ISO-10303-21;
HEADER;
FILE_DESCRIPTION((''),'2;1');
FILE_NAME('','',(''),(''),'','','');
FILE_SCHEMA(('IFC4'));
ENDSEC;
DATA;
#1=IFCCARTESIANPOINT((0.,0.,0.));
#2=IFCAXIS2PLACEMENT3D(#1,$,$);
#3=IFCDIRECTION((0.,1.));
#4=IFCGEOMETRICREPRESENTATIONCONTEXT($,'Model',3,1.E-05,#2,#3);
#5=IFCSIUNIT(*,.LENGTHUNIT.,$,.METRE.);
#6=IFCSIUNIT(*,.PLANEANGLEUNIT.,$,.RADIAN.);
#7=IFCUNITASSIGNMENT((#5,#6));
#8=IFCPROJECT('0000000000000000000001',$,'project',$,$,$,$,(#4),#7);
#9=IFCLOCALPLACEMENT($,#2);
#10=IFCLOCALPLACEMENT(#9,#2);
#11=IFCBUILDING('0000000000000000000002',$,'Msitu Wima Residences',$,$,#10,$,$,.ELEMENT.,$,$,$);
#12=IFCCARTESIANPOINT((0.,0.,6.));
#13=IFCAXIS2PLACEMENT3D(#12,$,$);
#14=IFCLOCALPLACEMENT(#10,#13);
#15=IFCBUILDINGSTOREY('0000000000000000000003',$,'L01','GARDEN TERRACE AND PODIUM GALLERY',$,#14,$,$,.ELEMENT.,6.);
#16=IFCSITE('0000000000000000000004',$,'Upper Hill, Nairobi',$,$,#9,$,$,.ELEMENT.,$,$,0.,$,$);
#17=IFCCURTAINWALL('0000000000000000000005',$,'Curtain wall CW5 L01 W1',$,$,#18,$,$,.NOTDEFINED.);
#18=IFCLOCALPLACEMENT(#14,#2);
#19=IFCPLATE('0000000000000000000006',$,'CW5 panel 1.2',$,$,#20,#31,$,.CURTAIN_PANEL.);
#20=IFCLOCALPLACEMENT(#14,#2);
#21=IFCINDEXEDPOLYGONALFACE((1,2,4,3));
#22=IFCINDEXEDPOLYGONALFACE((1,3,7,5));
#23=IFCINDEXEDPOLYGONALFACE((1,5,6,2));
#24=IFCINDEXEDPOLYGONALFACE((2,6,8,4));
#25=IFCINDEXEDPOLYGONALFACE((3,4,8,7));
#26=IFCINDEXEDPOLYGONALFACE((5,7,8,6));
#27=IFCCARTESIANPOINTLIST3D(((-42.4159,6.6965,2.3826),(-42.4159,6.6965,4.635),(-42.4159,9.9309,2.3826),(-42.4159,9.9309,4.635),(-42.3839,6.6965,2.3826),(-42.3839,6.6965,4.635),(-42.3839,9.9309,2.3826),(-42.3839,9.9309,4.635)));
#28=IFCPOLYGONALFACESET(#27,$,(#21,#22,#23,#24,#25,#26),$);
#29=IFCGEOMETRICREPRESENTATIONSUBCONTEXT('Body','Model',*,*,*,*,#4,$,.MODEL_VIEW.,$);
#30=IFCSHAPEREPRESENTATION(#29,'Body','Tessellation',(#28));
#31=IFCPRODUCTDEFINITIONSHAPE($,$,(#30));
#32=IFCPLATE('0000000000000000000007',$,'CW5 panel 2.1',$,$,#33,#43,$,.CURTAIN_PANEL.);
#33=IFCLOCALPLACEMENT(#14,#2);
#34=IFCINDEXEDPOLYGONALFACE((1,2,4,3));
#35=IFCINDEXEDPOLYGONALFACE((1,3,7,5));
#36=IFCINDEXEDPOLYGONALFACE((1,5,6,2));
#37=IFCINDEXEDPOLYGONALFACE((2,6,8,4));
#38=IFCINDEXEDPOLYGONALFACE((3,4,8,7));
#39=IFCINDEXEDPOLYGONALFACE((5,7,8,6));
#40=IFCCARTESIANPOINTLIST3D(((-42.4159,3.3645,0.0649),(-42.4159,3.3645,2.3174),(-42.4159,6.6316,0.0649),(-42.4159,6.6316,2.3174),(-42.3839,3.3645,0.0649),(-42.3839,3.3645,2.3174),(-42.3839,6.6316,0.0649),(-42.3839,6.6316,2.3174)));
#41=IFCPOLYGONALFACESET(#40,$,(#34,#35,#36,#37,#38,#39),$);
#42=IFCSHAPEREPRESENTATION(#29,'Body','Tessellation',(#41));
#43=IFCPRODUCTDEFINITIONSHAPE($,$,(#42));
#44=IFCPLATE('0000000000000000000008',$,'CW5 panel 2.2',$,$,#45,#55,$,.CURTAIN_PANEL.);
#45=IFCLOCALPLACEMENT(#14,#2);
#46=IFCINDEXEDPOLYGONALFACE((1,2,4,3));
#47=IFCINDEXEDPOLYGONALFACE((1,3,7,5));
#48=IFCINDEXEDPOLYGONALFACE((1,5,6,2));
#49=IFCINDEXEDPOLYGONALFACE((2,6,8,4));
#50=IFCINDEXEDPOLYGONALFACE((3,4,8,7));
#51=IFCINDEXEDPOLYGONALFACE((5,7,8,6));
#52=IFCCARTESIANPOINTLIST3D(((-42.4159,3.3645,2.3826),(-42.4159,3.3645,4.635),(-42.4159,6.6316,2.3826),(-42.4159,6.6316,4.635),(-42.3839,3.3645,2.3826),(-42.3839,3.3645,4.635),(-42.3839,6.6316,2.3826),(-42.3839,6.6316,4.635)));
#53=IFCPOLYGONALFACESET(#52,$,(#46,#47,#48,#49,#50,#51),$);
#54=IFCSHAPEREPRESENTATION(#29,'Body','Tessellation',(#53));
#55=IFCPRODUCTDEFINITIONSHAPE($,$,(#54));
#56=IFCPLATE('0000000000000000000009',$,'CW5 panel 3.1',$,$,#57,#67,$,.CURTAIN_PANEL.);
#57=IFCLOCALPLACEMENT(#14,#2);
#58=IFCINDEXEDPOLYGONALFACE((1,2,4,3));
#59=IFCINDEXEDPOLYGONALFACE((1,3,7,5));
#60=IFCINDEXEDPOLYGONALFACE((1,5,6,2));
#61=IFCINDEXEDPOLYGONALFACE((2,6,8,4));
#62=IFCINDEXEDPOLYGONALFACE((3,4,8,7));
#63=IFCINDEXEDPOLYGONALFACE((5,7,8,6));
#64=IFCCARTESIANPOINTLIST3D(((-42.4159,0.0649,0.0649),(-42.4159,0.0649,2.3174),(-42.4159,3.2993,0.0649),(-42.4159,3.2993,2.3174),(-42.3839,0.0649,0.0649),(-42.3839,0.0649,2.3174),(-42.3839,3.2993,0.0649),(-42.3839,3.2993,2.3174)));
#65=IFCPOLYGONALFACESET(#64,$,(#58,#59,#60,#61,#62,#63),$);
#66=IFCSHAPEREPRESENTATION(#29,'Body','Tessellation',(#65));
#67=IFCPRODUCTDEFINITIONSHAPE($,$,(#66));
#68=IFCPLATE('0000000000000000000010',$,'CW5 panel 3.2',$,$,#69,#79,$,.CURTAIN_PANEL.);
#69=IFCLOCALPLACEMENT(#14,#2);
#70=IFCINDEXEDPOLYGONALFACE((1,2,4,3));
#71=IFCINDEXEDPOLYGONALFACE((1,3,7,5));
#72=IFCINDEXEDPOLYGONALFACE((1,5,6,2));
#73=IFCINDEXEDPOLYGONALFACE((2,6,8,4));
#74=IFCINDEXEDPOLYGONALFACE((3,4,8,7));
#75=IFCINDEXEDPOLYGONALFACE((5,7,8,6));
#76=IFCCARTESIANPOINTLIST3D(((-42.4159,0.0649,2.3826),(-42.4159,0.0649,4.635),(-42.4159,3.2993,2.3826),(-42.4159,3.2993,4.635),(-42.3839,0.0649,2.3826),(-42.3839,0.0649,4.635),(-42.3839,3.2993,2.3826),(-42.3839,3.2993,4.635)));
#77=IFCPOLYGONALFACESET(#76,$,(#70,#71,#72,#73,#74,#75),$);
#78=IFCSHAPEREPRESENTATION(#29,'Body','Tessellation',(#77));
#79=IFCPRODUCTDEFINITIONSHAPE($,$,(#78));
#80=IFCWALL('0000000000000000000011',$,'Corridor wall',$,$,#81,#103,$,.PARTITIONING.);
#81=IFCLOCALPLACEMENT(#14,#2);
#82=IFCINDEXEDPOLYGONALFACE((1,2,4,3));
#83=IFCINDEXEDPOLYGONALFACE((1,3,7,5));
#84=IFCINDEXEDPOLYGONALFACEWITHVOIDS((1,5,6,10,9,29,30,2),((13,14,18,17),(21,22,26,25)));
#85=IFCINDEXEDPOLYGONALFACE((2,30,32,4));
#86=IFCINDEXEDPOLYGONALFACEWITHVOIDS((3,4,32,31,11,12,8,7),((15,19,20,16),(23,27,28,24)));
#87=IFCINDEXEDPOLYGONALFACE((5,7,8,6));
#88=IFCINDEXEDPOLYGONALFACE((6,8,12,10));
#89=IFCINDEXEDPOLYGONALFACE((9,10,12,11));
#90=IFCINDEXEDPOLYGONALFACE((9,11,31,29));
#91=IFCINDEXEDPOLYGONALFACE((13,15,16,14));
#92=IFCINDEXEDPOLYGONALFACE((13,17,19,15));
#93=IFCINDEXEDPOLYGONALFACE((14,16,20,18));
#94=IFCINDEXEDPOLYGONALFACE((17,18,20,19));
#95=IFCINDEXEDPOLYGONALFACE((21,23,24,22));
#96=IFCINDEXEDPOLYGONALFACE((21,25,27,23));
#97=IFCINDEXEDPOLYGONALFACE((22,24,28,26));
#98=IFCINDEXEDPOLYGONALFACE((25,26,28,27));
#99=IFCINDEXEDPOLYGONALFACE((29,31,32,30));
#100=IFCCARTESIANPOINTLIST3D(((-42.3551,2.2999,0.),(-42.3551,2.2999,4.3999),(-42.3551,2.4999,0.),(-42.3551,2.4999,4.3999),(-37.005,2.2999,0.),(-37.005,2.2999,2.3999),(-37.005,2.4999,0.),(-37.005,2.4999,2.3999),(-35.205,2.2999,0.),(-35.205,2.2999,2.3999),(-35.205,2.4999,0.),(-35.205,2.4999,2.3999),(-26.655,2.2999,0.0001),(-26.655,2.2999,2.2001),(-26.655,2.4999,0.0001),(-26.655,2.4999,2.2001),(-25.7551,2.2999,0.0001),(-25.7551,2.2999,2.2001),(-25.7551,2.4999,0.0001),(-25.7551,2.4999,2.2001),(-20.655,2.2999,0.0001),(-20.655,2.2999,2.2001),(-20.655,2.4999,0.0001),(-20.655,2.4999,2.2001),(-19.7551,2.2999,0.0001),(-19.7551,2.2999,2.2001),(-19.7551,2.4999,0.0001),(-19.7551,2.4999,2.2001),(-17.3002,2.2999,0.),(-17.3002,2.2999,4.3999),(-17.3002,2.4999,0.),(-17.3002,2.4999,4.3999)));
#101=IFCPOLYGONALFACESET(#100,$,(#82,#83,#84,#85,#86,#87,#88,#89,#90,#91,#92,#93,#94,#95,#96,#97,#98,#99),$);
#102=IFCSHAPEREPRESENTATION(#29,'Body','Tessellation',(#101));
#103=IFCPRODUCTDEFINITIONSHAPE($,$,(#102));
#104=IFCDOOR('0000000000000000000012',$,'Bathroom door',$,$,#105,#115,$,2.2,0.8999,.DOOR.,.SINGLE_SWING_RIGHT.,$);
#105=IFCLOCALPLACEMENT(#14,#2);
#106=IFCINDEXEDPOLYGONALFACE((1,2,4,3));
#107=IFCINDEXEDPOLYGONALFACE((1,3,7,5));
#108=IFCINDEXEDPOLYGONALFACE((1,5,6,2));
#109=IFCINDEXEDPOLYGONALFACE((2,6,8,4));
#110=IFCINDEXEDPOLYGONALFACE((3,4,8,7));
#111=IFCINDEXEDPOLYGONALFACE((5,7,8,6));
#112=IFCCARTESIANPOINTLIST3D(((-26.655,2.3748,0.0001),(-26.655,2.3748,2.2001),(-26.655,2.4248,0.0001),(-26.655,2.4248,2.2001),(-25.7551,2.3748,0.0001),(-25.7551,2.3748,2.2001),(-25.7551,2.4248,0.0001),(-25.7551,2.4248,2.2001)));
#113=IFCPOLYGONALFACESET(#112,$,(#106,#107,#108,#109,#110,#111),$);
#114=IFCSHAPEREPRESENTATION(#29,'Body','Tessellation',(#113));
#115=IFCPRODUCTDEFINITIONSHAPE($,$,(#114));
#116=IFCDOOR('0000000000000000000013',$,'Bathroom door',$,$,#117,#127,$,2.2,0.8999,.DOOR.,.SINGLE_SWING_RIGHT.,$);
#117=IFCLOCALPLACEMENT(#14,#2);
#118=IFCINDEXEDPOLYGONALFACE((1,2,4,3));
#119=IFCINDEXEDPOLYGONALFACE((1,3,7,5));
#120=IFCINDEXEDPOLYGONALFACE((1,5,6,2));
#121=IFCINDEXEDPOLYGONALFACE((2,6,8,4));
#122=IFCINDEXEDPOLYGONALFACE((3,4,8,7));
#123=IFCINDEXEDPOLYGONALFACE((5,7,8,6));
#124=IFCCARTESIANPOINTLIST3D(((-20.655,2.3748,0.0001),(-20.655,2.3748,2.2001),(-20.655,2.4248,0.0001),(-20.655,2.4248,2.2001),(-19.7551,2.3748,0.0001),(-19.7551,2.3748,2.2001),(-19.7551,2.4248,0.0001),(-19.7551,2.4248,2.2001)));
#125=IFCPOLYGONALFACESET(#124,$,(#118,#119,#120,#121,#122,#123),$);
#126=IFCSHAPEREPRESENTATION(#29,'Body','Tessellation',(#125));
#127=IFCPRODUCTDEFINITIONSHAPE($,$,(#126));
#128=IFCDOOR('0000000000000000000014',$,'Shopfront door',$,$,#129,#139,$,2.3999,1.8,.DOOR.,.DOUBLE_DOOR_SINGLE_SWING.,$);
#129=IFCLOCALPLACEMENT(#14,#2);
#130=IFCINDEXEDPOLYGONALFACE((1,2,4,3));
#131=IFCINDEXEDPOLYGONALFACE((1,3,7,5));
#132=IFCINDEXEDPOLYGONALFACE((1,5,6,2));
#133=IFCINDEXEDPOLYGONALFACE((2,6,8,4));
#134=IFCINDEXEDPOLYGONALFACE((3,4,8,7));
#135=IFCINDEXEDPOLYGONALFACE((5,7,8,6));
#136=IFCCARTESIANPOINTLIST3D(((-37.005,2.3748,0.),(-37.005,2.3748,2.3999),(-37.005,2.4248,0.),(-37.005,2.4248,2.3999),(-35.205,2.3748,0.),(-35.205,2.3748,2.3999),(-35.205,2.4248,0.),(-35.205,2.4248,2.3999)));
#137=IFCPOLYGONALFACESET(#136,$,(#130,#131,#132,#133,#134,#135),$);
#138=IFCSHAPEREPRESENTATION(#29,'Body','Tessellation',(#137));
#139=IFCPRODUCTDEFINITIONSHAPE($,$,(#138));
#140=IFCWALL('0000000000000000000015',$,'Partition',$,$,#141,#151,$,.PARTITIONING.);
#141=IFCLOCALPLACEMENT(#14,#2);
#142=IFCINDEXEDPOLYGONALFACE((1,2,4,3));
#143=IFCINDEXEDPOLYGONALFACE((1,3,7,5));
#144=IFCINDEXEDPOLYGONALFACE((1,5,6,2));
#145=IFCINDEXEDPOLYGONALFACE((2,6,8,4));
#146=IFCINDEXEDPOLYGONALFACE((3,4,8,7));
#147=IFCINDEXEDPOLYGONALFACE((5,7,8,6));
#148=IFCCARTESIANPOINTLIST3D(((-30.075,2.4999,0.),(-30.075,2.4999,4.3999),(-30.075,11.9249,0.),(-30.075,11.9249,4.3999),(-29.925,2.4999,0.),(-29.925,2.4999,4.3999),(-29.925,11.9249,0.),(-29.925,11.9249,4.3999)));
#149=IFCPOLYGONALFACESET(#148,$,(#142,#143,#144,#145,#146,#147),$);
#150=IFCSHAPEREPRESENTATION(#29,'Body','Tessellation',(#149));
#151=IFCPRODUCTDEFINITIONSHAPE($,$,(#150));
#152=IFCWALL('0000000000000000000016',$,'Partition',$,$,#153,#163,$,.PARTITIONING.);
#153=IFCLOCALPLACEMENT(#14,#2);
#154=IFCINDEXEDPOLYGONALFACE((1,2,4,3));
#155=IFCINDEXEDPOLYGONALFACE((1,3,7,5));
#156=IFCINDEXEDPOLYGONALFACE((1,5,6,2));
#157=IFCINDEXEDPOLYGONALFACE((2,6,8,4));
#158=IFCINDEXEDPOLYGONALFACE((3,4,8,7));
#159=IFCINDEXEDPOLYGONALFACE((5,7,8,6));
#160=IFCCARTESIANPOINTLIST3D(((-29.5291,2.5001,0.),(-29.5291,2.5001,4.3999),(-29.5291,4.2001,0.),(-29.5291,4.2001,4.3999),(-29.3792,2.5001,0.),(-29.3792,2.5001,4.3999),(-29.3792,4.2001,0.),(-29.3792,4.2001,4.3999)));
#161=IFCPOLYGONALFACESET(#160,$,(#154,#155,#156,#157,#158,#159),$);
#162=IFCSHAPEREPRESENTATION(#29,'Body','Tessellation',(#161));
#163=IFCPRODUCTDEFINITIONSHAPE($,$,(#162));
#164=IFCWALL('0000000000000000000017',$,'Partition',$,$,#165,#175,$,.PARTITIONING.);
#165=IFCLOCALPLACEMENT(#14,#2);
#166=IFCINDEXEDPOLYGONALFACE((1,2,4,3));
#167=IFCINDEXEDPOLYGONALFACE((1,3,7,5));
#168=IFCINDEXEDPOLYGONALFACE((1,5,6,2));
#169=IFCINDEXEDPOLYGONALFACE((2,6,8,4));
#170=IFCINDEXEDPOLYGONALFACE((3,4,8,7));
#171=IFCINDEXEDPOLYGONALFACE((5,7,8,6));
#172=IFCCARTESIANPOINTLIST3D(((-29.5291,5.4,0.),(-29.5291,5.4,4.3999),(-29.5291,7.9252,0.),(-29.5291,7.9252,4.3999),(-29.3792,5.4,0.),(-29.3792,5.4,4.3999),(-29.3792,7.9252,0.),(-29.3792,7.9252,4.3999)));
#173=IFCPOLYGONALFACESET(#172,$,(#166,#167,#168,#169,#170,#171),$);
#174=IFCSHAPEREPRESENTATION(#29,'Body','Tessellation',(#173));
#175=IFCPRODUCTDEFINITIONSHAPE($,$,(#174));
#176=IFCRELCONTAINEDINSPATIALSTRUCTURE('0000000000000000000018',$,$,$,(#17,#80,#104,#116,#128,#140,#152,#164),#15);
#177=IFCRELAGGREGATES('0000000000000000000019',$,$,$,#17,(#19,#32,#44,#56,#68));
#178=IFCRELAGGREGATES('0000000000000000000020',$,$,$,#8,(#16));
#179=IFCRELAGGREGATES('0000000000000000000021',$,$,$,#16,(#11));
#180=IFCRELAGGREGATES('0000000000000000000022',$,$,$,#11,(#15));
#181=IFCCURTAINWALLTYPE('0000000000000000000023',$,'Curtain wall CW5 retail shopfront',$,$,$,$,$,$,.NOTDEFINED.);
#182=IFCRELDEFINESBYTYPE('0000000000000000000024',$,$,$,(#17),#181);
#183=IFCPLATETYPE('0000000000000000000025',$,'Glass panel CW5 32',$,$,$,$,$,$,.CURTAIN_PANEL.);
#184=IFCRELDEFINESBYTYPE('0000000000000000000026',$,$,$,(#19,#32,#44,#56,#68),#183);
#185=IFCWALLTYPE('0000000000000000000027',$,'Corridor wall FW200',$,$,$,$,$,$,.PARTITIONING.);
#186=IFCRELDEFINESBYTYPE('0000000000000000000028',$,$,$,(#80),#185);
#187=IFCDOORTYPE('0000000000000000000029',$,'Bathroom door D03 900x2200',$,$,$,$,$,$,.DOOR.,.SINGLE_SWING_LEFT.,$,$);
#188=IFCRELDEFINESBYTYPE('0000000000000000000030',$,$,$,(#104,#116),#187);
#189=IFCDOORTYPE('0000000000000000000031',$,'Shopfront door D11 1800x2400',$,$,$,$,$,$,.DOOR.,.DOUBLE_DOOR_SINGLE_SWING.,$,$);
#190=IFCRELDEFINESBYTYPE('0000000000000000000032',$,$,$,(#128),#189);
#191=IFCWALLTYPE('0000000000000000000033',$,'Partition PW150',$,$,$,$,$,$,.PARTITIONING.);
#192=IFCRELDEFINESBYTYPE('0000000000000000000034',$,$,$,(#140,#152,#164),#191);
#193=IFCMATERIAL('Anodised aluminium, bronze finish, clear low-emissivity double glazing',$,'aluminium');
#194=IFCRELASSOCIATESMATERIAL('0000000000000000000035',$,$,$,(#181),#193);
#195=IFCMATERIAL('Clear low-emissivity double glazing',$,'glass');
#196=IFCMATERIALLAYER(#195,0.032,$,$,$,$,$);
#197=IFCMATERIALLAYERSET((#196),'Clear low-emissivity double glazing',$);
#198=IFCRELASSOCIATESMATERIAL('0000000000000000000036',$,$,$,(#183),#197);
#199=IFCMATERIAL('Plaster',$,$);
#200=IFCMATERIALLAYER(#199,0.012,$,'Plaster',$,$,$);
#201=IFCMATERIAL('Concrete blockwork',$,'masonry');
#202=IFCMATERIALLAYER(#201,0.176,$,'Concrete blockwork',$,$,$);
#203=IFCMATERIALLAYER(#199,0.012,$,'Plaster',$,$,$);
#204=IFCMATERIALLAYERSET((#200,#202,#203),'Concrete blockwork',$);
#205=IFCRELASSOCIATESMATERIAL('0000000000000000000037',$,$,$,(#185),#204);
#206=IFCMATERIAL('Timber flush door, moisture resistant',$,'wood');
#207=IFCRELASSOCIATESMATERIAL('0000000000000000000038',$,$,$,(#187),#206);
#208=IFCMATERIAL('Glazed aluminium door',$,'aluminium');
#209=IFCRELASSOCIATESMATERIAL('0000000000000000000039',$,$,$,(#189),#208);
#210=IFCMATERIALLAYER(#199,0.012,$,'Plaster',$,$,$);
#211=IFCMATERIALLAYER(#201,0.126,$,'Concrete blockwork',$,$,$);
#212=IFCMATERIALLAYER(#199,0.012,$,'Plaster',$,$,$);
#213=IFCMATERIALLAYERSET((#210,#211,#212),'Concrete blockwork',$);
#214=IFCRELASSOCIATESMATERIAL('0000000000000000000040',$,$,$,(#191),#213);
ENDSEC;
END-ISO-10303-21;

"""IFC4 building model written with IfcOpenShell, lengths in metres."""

from ifc_helpers import new_model, si_unit, direction, frame, frame_2d, origin, origin_2d, place, context, subcontext, project, spatial, rectangle, extrude, material, layer, layer_set, type_object, element, fill, aggregate, save


model = new_model("IFC4")

# Units and contexts
model_context = context("Model", 3, precision=1e-05, world=origin(), true_north=direction((0.0, 1.0)))
body_context = subcontext(model_context, "Body", "Model", "MODEL_VIEW")
ifc_project = project(units=[si_unit("LENGTHUNIT", "METRE"), si_unit("PLANEANGLEUNIT", "RADIAN")], contexts=[model_context])

# Site, building, storey
site_placement = place(None, origin())
site = spatial("IfcSite", under=ifc_project, at=site_placement, Name="Upper Hill, Nairobi", CompositionType="ELEMENT", RefElevation=0.0)
building_placement = place(site_placement, origin())
building = spatial("IfcBuilding", under=site, at=building_placement, Name="Msitu Wima Residences", CompositionType="ELEMENT")
storey_placement = place(building_placement, frame((0.0, 0.0, 6.0)))
storey = spatial("IfcBuildingStorey", under=building, at=storey_placement, Name="L01", Description="GARDEN TERRACE AND PODIUM GALLERY", CompositionType="ELEMENT", Elevation=6.0)

# Curtain wall
ifc_material_1 = material(Name="Anodised aluminium, bronze finish, clear low-emissivity double glazing", Category="aluminium")
curtain_wall_type = type_object("IfcCurtainWallType", Name="Curtain wall CW5 retail shopfront", PredefinedType="NOTDEFINED", material=ifc_material_1)
curtain_wall_placement = place(storey_placement, origin())
curtain_wall = element("IfcCurtainWall", 1, at=curtain_wall_placement, inside=storey, type_object=curtain_wall_type, Name="Curtain wall CW5 L01 W1", PredefinedType="NOTDEFINED")

# Plates
ifc_material_2 = material(Name="Clear low-emissivity double glazing", Category="glass")
ifc_layer_1 = layer(ifc_material_2, 0.032)
ifc_layer_set_1 = layer_set([ifc_layer_1], Name="Clear low-emissivity double glazing")
plate_type = type_object("IfcPlateType", Name="Glass panel CW5 32", PredefinedType="CURTAIN_PANEL", material=ifc_layer_set_1)
plate_1_placement = place(storey_placement, frame((-42.3999, 8.3137, 2.3826), z_axis=(0.0, 0.0, 1.0), x_axis=(0.0, -1.0, 0.0)))
plate_1 = element("IfcPlate", 2, at=plate_1_placement, type_object=plate_type, Name="CW5 panel 1.2", PredefinedType="CURTAIN_PANEL", context=body_context, shape_type="SweptSolid", body=[
    extrude(rectangle(XDim=3.2344, YDim=0.032, at=origin_2d()), origin(), (0.0, 0.0, 1.0), 2.2524),
])
plate_2_placement = place(storey_placement, frame((-42.3999, 4.998, 0.0649), z_axis=(0.0, 0.0, 1.0), x_axis=(0.0, -1.0, 0.0)))
plate_2 = element("IfcPlate", 3, at=plate_2_placement, type_object=plate_type, Name="CW5 panel 2.1", PredefinedType="CURTAIN_PANEL", context=body_context, shape_type="SweptSolid", body=[
    extrude(rectangle(XDim=3.2671, YDim=0.032, at=origin_2d()), origin(), (0.0, 0.0, 1.0), 2.2524),
])
plate_3_placement = place(storey_placement, frame((-42.3999, 4.998, 2.3826), z_axis=(0.0, 0.0, 1.0), x_axis=(0.0, -1.0, 0.0)))
plate_3 = element("IfcPlate", 4, at=plate_3_placement, type_object=plate_type, Name="CW5 panel 2.2", PredefinedType="CURTAIN_PANEL", context=body_context, shape_type="SweptSolid", body=[
    extrude(rectangle(XDim=3.2671, YDim=0.032, at=origin_2d()), origin(), (0.0, 0.0, 1.0), 2.2524),
])
plate_4_placement = place(storey_placement, frame((-42.3999, 1.6821, 0.0649), z_axis=(0.0, 0.0, 1.0), x_axis=(0.0, -1.0, 0.0)))
plate_4 = element("IfcPlate", 5, at=plate_4_placement, type_object=plate_type, Name="CW5 panel 3.1", PredefinedType="CURTAIN_PANEL", context=body_context, shape_type="SweptSolid", body=[
    extrude(rectangle(XDim=3.2344, YDim=0.032, at=origin_2d()), origin(), (0.0, 0.0, 1.0), 2.2524),
])
plate_5_placement = place(storey_placement, frame((-42.3999, 1.6821, 2.3826), z_axis=(0.0, 0.0, 1.0), x_axis=(0.0, -1.0, 0.0)))
plate_5 = element("IfcPlate", 6, at=plate_5_placement, type_object=plate_type, Name="CW5 panel 3.2", PredefinedType="CURTAIN_PANEL", context=body_context, shape_type="SweptSolid", body=[
    extrude(rectangle(XDim=3.2344, YDim=0.032, at=origin_2d()), origin(), (0.0, 0.0, 1.0), 2.2524),
])
aggregate(curtain_wall, [plate_1, plate_2, plate_3, plate_4, plate_5])

# Wall, openings, doors
ifc_material_3 = material(Name="Plaster")
ifc_layer_2 = layer(ifc_material_3, 0.012, Name="Plaster")
ifc_material_4 = material(Name="Concrete blockwork", Category="masonry")
ifc_layer_3 = layer(ifc_material_4, 0.176, Name="Concrete blockwork")
ifc_layer_4 = layer(ifc_material_3, 0.012, Name="Plaster")
ifc_layer_set_2 = layer_set([ifc_layer_2, ifc_layer_3, ifc_layer_4], Name="Concrete blockwork")
wall_type_1 = type_object("IfcWallType", Name="Corridor wall FW200", PredefinedType="PARTITIONING", material=ifc_layer_set_2)
wall_1_placement = place(storey_placement, frame((-42.355, 2.3999, 0.0), z_axis=(0.0, 0.0, 1.0), x_axis=(1.0, 0.0, 0.0)))
wall_1 = element("IfcWall", 7, at=wall_1_placement, inside=storey, type_object=wall_type_1, Name="Corridor wall", PredefinedType="PARTITIONING", context=body_context, shape_type="SweptSolid", body=[
    extrude(rectangle(XDim=25.0549, YDim=0.2, at=frame_2d((12.5273, 0.0))), origin(), (0.0, 0.0, 1.0), 4.3999),
])
opening_1_placement = place(wall_1_placement, frame((15.7, 0.0, 0.0)))
opening_1 = element("IfcOpeningElement", 8, at=opening_1_placement, cuts=wall_1, PredefinedType="OPENING", context=body_context, shape_type="SweptSolid", body=[
    extrude(rectangle(XDim=0.8999, YDim=2.2, at=frame_2d((0.45, 1.1001))), frame((0.0, 0.1099, 0.0), z_axis=(0.0, -1.0, 0.0), x_axis=(1.0, 0.0, 0.0)), (0.0, 0.0, 1.0), 0.22),
])
opening_2_placement = place(wall_1_placement, frame((21.7, 0.0, 0.0)))
opening_2 = element("IfcOpeningElement", 9, at=opening_2_placement, cuts=wall_1, PredefinedType="OPENING", context=body_context, shape_type="SweptSolid", body=[
    extrude(rectangle(XDim=0.8999, YDim=2.2, at=frame_2d((0.45, 1.1001))), frame((0.0, 0.1099, 0.0), z_axis=(0.0, -1.0, 0.0), x_axis=(1.0, 0.0, 0.0)), (0.0, 0.0, 1.0), 0.22),
])
opening_3_placement = place(wall_1_placement, frame((5.3501, 0.0, 0.0)))
opening_3 = element("IfcOpeningElement", 10, at=opening_3_placement, cuts=wall_1, PredefinedType="OPENING", context=body_context, shape_type="SweptSolid", body=[
    extrude(rectangle(XDim=1.8, YDim=2.3999, at=frame_2d((0.8999, 1.2))), frame((0.0, 0.1099, 0.0), z_axis=(0.0, -1.0, 0.0), x_axis=(1.0, 0.0, 0.0)), (0.0, 0.0, 1.0), 0.22),
])
ifc_material_5 = material(Name="Timber flush door, moisture resistant", Category="wood")
door_type_1 = type_object("IfcDoorType", Name="Bathroom door D03 900x2200", OperationType="SINGLE_SWING_LEFT", PredefinedType="DOOR", material=ifc_material_5)
door_1_placement = place(opening_1_placement, origin())
door_1 = element("IfcDoor", 11, at=door_1_placement, inside=storey, type_object=door_type_1, Name="Bathroom door", OperationType="SINGLE_SWING_RIGHT", OverallHeight=2.2, OverallWidth=0.8999, PredefinedType="DOOR", context=body_context, shape_type="SweptSolid", body=[
    extrude(rectangle(XDim=0.8999, YDim=2.2, at=frame_2d((0.45, 1.1001))), frame((0.0, 0.0249, 0.0), z_axis=(0.0, -1.0, 0.0), x_axis=(1.0, 0.0, 0.0)), (0.0, 0.0, 1.0), 0.05),
])
fill(opening_1, door_1)
door_2_placement = place(opening_2_placement, origin())
door_2 = element("IfcDoor", 12, at=door_2_placement, inside=storey, type_object=door_type_1, Name="Bathroom door", OperationType="SINGLE_SWING_RIGHT", OverallHeight=2.2, OverallWidth=0.8999, PredefinedType="DOOR", context=body_context, shape_type="SweptSolid", body=[
    extrude(rectangle(XDim=0.8999, YDim=2.2, at=frame_2d((0.45, 1.1001))), frame((0.0, 0.0249, 0.0), z_axis=(0.0, -1.0, 0.0), x_axis=(1.0, 0.0, 0.0)), (0.0, 0.0, 1.0), 0.05),
])
fill(opening_2, door_2)
ifc_material_6 = material(Name="Glazed aluminium door", Category="aluminium")
door_type_2 = type_object("IfcDoorType", Name="Shopfront door D11 1800x2400", OperationType="DOUBLE_DOOR_SINGLE_SWING", PredefinedType="DOOR", material=ifc_material_6)
door_3_placement = place(opening_3_placement, origin())
door_3 = element("IfcDoor", 13, at=door_3_placement, inside=storey, type_object=door_type_2, Name="Shopfront door", OperationType="DOUBLE_DOOR_SINGLE_SWING", OverallHeight=2.3999, OverallWidth=1.8, PredefinedType="DOOR", context=body_context, shape_type="SweptSolid", body=[
    extrude(rectangle(XDim=1.8, YDim=2.3999, at=frame_2d((0.8999, 1.2))), frame((0.0, 0.0249, 0.0), z_axis=(0.0, -1.0, 0.0), x_axis=(1.0, 0.0, 0.0)), (0.0, 0.0, 1.0), 0.05),
])
fill(opening_3, door_3)

# Walls
ifc_layer_5 = layer(ifc_material_3, 0.012, Name="Plaster")
ifc_layer_6 = layer(ifc_material_4, 0.126, Name="Concrete blockwork")
ifc_layer_7 = layer(ifc_material_3, 0.012, Name="Plaster")
ifc_layer_set_3 = layer_set([ifc_layer_5, ifc_layer_6, ifc_layer_7], Name="Concrete blockwork")
wall_type_2 = type_object("IfcWallType", Name="Partition PW150", PredefinedType="PARTITIONING", material=ifc_layer_set_3)
wall_2_placement = place(storey_placement, frame((-30.0, 2.5, 0.0), z_axis=(0.0, 0.0, 1.0), x_axis=(0.0, 1.0, 0.0)))
element("IfcWall", 14, at=wall_2_placement, inside=storey, type_object=wall_type_2, Name="Partition", PredefinedType="PARTITIONING", context=body_context, shape_type="SweptSolid", body=[
    extrude(rectangle(XDim=9.425, YDim=0.1499, at=frame_2d((4.7124, 0.0))), origin(), (0.0, 0.0, 1.0), 4.3999),
])
wall_3_placement = place(storey_placement, frame((-29.4541, 2.5, 0.0), z_axis=(0.0, 0.0, 1.0), x_axis=(0.0, 1.0, 0.0)))
element("IfcWall", 15, at=wall_3_placement, inside=storey, type_object=wall_type_2, Name="Partition", PredefinedType="PARTITIONING", context=body_context, shape_type="SweptSolid", body=[
    extrude(rectangle(XDim=1.7, YDim=0.1499, at=frame_2d((0.8501, 0.0))), origin(), (0.0, 0.0, 1.0), 4.3999),
])
wall_4_placement = place(storey_placement, frame((-29.4541, 5.3999, 0.0), z_axis=(0.0, 0.0, 1.0), x_axis=(0.0, 1.0, 0.0)))
element("IfcWall", 16, at=wall_4_placement, inside=storey, type_object=wall_type_2, Name="Partition", PredefinedType="PARTITIONING", context=body_context, shape_type="SweptSolid", body=[
    extrude(rectangle(XDim=2.5251, YDim=0.1499, at=frame_2d((1.2627, 0.0))), origin(), (0.0, 0.0, 1.0), 4.3999),
])

save(model, "model.ifc")
